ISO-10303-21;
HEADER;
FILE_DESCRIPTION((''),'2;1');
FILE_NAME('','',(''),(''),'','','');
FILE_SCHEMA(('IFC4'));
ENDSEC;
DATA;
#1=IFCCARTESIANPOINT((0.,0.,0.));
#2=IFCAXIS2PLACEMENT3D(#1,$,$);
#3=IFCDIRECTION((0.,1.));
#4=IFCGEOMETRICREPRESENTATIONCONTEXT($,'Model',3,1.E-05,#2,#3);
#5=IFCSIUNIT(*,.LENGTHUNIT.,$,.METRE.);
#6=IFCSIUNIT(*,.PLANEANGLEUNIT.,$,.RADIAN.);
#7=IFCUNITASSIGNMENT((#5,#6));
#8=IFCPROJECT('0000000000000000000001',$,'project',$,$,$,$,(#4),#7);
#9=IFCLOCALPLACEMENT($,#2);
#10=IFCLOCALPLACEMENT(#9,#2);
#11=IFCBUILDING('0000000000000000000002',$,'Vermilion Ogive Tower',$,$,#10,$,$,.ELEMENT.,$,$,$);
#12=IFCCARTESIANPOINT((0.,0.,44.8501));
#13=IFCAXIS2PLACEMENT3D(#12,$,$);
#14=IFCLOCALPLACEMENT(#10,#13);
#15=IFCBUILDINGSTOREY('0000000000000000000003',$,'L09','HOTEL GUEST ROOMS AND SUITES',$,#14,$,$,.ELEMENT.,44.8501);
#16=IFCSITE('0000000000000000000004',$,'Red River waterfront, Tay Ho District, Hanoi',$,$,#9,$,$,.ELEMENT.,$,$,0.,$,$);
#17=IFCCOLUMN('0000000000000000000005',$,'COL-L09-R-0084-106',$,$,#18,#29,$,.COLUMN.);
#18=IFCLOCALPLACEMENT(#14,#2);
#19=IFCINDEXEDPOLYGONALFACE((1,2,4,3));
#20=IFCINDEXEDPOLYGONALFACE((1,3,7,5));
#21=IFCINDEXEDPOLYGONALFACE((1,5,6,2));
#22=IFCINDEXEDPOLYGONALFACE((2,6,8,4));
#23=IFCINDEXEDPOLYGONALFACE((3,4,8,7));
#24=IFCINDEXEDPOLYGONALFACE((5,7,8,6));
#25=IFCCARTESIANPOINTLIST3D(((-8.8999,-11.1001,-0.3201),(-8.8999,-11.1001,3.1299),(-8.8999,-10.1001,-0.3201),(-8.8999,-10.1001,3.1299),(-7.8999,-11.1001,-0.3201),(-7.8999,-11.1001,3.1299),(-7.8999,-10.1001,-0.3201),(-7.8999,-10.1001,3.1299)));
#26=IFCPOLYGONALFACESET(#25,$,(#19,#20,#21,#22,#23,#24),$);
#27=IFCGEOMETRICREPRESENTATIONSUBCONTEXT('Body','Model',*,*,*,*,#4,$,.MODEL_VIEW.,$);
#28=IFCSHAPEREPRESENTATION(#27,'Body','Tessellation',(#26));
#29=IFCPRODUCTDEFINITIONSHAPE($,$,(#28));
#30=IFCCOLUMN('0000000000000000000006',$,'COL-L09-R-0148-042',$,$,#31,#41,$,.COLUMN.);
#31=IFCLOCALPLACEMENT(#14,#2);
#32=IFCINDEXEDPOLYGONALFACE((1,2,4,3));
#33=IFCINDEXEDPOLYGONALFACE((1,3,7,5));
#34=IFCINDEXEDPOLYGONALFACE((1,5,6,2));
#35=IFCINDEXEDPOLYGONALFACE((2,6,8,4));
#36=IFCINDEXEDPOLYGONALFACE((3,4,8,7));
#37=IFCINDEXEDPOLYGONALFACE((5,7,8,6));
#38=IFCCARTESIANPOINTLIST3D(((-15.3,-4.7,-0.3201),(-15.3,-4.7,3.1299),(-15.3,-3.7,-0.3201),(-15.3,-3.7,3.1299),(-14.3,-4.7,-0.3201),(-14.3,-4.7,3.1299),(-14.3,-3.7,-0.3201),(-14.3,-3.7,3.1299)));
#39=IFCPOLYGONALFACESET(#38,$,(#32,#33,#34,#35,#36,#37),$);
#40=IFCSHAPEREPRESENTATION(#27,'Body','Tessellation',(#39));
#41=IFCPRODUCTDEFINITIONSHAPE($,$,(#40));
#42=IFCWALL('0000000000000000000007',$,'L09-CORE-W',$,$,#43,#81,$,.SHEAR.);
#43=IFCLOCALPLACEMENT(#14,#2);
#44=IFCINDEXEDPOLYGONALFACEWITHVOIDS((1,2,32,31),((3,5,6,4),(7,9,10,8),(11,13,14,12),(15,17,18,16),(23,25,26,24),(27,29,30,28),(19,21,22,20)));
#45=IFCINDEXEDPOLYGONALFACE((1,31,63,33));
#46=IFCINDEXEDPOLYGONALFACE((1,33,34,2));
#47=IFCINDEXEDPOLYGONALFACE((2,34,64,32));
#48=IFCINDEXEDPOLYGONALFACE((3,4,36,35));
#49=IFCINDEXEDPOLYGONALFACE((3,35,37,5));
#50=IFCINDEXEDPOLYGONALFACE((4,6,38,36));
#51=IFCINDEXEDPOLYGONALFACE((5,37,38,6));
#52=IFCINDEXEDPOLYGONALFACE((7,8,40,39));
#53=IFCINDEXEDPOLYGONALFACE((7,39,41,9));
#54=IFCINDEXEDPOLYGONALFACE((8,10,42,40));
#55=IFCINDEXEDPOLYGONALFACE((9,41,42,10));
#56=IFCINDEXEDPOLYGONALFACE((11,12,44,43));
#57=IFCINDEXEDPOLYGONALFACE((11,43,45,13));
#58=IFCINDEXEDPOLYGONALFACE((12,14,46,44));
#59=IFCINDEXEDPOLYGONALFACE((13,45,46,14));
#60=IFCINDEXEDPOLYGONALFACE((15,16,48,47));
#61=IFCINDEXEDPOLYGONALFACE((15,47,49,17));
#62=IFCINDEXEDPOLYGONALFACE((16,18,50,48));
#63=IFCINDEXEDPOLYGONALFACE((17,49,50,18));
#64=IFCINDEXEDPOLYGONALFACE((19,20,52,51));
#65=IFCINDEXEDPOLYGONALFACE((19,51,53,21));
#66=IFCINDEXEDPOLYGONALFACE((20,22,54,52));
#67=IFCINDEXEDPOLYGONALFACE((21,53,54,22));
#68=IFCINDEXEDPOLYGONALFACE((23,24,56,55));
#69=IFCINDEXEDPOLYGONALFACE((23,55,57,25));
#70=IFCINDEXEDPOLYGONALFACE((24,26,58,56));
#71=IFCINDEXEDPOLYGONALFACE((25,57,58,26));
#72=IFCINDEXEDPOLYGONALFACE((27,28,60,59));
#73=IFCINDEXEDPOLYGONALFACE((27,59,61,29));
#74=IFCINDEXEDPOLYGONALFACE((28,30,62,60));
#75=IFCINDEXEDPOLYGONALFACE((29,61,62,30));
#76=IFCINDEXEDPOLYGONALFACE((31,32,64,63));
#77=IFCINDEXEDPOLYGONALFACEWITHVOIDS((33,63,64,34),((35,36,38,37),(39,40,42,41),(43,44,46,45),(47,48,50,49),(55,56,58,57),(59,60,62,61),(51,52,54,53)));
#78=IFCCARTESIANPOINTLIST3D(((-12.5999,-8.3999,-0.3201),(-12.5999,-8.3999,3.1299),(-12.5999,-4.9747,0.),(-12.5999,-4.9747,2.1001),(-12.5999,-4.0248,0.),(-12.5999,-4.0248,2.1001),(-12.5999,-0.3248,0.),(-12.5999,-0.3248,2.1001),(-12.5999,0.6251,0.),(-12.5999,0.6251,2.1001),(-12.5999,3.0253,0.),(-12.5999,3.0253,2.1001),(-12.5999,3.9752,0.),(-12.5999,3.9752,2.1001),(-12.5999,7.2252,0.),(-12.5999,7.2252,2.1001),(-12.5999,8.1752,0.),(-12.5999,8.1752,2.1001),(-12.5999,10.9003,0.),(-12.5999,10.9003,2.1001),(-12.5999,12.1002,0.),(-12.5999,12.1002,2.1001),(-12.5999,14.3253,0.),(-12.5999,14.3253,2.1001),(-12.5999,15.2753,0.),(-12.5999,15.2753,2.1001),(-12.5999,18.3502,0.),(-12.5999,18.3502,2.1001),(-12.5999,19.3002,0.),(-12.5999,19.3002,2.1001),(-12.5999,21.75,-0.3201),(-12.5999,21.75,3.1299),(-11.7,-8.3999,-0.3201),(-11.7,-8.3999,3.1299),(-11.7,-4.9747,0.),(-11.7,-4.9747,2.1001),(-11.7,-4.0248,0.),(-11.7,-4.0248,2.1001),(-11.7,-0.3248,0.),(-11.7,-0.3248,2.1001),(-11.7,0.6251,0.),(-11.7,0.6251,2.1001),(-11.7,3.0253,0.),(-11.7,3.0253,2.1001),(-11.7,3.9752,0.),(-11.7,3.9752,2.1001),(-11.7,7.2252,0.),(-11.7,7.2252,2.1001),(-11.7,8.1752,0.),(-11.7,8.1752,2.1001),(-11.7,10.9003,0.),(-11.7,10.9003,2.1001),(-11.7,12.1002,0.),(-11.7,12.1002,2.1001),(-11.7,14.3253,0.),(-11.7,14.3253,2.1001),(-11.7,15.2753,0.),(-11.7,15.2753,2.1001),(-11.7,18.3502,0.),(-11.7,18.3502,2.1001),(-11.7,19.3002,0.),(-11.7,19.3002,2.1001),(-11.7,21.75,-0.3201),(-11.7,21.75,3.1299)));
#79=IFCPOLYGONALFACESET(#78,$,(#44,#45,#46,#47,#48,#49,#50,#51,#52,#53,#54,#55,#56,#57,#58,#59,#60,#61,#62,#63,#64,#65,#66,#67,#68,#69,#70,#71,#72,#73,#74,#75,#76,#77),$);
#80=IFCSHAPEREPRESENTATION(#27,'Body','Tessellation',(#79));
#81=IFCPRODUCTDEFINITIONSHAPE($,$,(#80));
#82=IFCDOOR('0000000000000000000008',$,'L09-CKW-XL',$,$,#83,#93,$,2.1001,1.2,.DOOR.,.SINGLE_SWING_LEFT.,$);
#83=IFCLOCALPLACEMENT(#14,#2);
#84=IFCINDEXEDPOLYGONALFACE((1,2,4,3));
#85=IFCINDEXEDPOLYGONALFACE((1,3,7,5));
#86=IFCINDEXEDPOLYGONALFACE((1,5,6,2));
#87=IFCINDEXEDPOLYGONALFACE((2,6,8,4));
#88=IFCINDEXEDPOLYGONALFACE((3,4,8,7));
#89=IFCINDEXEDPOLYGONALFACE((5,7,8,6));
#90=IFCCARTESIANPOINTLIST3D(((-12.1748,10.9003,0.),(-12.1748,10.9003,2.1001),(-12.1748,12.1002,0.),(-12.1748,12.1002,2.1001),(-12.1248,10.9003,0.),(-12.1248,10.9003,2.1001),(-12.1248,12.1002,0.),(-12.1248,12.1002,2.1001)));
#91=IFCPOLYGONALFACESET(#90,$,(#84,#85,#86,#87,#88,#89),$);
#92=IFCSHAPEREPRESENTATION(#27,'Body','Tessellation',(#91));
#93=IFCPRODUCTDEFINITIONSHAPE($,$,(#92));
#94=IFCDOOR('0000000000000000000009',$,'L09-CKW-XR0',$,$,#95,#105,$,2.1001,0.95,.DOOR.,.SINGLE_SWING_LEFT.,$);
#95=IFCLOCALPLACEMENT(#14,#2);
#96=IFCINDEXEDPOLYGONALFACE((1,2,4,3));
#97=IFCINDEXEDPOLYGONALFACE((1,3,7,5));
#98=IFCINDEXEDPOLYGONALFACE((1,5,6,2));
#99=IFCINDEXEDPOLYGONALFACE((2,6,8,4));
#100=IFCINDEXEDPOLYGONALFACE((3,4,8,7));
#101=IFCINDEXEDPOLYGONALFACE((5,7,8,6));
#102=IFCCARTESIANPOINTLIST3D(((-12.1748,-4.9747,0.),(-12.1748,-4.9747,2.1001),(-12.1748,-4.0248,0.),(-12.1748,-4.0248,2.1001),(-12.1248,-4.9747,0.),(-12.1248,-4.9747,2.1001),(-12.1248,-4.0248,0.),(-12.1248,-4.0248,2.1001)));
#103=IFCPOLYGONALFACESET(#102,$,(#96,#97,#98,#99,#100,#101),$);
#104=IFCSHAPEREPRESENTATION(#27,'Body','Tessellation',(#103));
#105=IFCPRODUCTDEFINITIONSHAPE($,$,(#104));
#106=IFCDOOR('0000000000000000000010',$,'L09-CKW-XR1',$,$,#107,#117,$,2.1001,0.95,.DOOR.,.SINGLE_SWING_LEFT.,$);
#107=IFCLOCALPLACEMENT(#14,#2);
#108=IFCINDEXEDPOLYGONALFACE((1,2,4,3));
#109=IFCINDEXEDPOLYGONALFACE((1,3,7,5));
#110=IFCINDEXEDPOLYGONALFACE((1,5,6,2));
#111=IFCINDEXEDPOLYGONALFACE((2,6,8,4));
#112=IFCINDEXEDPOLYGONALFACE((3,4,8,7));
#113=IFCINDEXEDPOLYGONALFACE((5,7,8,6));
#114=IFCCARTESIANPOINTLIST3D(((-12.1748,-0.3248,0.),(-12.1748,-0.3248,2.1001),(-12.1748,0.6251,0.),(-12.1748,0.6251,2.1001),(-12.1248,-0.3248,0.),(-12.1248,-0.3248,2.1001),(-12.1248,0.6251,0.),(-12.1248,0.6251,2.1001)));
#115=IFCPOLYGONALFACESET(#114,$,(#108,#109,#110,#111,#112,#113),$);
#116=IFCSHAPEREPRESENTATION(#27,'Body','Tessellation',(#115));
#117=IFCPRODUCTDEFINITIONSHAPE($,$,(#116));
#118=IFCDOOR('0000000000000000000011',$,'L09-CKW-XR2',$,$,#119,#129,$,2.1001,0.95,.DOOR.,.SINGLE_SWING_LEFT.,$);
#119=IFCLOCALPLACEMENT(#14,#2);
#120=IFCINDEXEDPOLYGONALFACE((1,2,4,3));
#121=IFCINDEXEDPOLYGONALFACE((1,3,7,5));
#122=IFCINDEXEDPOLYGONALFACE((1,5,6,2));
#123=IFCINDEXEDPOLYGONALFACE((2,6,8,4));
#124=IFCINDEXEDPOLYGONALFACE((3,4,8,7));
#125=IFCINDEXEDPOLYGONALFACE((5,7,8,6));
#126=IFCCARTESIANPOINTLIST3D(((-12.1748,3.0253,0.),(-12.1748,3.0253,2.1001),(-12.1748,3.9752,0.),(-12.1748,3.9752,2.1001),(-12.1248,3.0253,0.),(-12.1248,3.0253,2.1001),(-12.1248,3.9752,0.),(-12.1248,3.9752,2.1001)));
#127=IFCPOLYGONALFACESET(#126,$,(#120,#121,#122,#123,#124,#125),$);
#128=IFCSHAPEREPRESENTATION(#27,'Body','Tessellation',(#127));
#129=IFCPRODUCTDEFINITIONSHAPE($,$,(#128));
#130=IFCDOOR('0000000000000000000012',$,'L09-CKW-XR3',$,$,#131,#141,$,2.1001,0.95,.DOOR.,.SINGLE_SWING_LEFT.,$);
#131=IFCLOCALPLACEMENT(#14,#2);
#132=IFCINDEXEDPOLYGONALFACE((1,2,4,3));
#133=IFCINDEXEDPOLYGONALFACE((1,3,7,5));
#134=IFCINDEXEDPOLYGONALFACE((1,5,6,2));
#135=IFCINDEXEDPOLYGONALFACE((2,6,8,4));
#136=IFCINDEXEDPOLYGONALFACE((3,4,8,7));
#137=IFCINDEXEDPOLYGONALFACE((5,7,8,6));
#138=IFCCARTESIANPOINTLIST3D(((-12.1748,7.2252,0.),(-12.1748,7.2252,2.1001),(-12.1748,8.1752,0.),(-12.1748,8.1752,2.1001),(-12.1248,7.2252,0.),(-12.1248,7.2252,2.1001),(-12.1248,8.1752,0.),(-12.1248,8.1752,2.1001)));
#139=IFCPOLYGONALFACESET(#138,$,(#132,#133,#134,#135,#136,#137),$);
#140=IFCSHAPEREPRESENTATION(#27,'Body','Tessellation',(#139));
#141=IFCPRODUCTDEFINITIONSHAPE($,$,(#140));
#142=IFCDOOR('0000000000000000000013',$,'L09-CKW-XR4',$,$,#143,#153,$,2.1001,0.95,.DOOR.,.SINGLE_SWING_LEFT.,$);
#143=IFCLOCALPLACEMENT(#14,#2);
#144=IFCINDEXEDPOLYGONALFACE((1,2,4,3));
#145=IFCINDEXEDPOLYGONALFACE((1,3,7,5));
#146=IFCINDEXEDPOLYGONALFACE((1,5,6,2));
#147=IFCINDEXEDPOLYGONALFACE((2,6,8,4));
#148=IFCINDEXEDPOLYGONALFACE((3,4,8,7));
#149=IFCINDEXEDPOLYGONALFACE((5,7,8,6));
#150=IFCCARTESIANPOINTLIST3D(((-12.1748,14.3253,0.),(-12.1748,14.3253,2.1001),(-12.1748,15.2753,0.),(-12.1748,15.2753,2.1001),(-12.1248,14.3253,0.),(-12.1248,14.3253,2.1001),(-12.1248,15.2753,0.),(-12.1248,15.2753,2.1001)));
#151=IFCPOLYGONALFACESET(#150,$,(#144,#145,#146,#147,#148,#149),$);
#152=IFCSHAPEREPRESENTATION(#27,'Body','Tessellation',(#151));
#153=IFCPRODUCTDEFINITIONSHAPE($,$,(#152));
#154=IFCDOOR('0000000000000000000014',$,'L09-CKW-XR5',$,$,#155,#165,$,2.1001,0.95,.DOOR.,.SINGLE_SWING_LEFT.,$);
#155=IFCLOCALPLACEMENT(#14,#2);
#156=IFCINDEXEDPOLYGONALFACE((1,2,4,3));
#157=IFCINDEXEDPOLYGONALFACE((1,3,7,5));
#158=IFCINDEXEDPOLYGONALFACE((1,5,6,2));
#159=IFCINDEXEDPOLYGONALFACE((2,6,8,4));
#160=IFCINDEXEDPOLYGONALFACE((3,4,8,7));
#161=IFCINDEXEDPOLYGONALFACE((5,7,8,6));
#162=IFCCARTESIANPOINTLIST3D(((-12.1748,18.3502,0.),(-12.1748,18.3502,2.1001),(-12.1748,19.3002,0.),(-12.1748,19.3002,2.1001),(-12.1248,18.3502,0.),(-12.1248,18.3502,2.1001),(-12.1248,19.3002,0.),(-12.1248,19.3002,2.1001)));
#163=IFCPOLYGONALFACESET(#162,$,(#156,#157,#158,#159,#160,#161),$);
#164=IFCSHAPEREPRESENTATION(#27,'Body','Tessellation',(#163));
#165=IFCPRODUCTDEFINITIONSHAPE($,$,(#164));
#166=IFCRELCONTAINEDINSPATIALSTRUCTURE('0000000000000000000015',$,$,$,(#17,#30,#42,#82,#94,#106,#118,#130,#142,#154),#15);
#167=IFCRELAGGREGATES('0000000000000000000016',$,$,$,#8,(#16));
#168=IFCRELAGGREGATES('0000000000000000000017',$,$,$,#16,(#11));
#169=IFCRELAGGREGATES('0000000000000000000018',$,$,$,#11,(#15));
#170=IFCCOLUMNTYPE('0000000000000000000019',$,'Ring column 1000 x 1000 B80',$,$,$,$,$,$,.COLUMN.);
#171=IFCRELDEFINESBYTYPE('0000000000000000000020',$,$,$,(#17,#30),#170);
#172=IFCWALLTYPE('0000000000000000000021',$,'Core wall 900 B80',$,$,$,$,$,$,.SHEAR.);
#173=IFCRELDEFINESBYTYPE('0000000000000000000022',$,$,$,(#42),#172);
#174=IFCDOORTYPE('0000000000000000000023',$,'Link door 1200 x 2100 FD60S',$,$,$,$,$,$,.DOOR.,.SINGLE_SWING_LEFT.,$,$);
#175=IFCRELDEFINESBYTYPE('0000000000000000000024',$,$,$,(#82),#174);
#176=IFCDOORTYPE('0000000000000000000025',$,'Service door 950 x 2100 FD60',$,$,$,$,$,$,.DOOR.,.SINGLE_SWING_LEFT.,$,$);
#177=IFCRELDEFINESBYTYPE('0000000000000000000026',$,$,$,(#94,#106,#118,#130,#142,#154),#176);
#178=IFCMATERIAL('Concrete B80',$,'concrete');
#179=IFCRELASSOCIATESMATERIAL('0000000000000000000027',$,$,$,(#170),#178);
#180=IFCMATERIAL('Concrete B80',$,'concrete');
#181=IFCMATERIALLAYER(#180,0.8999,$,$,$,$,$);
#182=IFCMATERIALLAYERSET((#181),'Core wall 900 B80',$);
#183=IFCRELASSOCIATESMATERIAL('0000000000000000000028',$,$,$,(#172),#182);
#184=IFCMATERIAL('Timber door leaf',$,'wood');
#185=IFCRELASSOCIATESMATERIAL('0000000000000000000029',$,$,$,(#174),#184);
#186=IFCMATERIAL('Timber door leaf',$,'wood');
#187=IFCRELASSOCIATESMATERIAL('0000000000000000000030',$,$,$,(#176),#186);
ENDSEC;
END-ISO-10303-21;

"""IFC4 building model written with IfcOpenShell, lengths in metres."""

from ifc_helpers import new_model, si_unit, direction, frame, frame_2d, origin, origin_2d, place, context, subcontext, project, spatial, rectangle, extrude, material, layer, layer_set, material_profile, profile_set, type_object, element, fill, save


model = new_model("IFC4")

# Units and contexts
model_context = context("Model", 3, precision=1e-05, world=origin(), true_north=direction((0.0, 1.0)))
body_context = subcontext(model_context, "Body", "Model", "MODEL_VIEW")
ifc_project = project(units=[si_unit("LENGTHUNIT", "METRE"), si_unit("PLANEANGLEUNIT", "RADIAN")], contexts=[model_context])

# Site, building, storey
site_placement = place(None, origin())
site = spatial("IfcSite", under=ifc_project, at=site_placement, Name="Red River waterfront, Tay Ho District, Hanoi", CompositionType="ELEMENT", RefElevation=0.0)
building_placement = place(site_placement, origin())
building = spatial("IfcBuilding", under=site, at=building_placement, Name="Vermilion Ogive Tower", CompositionType="ELEMENT")
storey_placement = place(building_placement, frame((0.0, 0.0, 44.8501)))
storey = spatial("IfcBuildingStorey", under=building, at=storey_placement, Name="L09", Description="HOTEL GUEST ROOMS AND SUITES", CompositionType="ELEMENT", Elevation=44.8501)

# Columns
ifc_material_1 = material(Name="Concrete B80", Category="concrete")
ifc_material_profile = material_profile(ifc_material_1, rectangle(XDim=1.0, YDim=1.0, at=origin_2d()), Name="1000 x 1000")
ifc_profile_set = profile_set([ifc_material_profile], Name="Concrete B80")
column_type = type_object("IfcColumnType", Name="Ring column 1000 x 1000 B80", PredefinedType="COLUMN", material=ifc_profile_set)
for number, where, z_axis, x_axis, name in (
    (1, (-8.3999, -10.6001, -0.3201), (0.0, 0.0, 1.0), (1.0, 0.0, 0.0), "COL-L09-R-0084-106"),
    (2, (-14.8, -4.2, -0.3201), (0.0, 0.0, 1.0), (1.0, 0.0, 0.0), "COL-L09-R-0148-042"),
):
    element("IfcColumn", number, at=place(storey_placement, frame(where, z_axis=z_axis, x_axis=x_axis)), inside=storey, type_object=column_type, Name=name, PredefinedType="COLUMN", context=body_context, shape_type="SweptSolid", body=[
        extrude(rectangle(XDim=1.0, YDim=1.0, at=origin_2d()), origin(), (0.0, 0.0, 1.0), 3.45),
    ])

# Wall, openings, doors
ifc_material_2 = material(Name="Concrete B80", Category="concrete")
ifc_layer_1 = layer(ifc_material_2, 0.8999)
ifc_layer_set_1 = layer_set([ifc_layer_1], Name="Core wall 900 B80")
wall_type_1 = type_object("IfcWallType", Name="Core wall 900 B80", PredefinedType="SHEAR", material=ifc_layer_set_1)
wall_1_placement = place(storey_placement, frame((-12.1499, -8.3999, -0.3201), z_axis=(0.0, 0.0, 1.0), x_axis=(0.0, 1.0, 0.0)))
wall_1 = element("IfcWall", 3, at=wall_1_placement, inside=storey, type_object=wall_type_1, Name="L09-CORE-W", PredefinedType="SHEAR", context=body_context, shape_type="SweptSolid", body=[
    extrude(rectangle(XDim=30.1499, YDim=0.8999, at=frame_2d((15.075, 0.0))), origin(), (0.0, 0.0, 1.0), 3.45),
])
opening_1_placement = place(wall_1_placement, frame((3.425, 0.0, 0.3201)))
opening_1 = element("IfcOpeningElement", 4, at=opening_1_placement, cuts=wall_1, PredefinedType="OPENING", context=body_context, shape_type="SweptSolid", body=[
    extrude(rectangle(XDim=0.95, YDim=2.1001, at=frame_2d((0.4751, 1.05))), frame((0.0, 0.46, 0.0), z_axis=(0.0, -1.0, 0.0), x_axis=(1.0, 0.0, 0.0)), (0.0, 0.0, 1.0), 0.9199),
])
opening_2_placement = place(wall_1_placement, frame((8.075, 0.0, 0.3201)))
opening_2 = element("IfcOpeningElement", 5, at=opening_2_placement, cuts=wall_1, PredefinedType="OPENING", context=body_context, shape_type="SweptSolid", body=[
    extrude(rectangle(XDim=0.95, YDim=2.1001, at=frame_2d((0.4751, 1.05))), frame((0.0, 0.46, 0.0), z_axis=(0.0, -1.0, 0.0), x_axis=(1.0, 0.0, 0.0)), (0.0, 0.0, 1.0), 0.9199),
])
opening_3_placement = place(wall_1_placement, frame((11.425, 0.0, 0.3201)))
opening_3 = element("IfcOpeningElement", 6, at=opening_3_placement, cuts=wall_1, PredefinedType="OPENING", context=body_context, shape_type="SweptSolid", body=[
    extrude(rectangle(XDim=0.95, YDim=2.1001, at=frame_2d((0.4751, 1.05))), frame((0.0, 0.46, 0.0), z_axis=(0.0, -1.0, 0.0), x_axis=(1.0, 0.0, 0.0)), (0.0, 0.0, 1.0), 0.9199),
])
opening_4_placement = place(wall_1_placement, frame((15.625, 0.0, 0.3201)))
opening_4 = element("IfcOpeningElement", 7, at=opening_4_placement, cuts=wall_1, PredefinedType="OPENING", context=body_context, shape_type="SweptSolid", body=[
    extrude(rectangle(XDim=0.95, YDim=2.1001, at=frame_2d((0.4751, 1.05))), frame((0.0, 0.46, 0.0), z_axis=(0.0, -1.0, 0.0), x_axis=(1.0, 0.0, 0.0)), (0.0, 0.0, 1.0), 0.9199),
])
opening_5_placement = place(wall_1_placement, frame((22.7251, 0.0, 0.3201)))
opening_5 = element("IfcOpeningElement", 8, at=opening_5_placement, cuts=wall_1, PredefinedType="OPENING", context=body_context, shape_type="SweptSolid", body=[
    extrude(rectangle(XDim=0.95, YDim=2.1001, at=frame_2d((0.4751, 1.05))), frame((0.0, 0.46, 0.0), z_axis=(0.0, -1.0, 0.0), x_axis=(1.0, 0.0, 0.0)), (0.0, 0.0, 1.0), 0.9199),
])
opening_6_placement = place(wall_1_placement, frame((26.75, 0.0, 0.3201)))
opening_6 = element("IfcOpeningElement", 9, at=opening_6_placement, cuts=wall_1, PredefinedType="OPENING", context=body_context, shape_type="SweptSolid", body=[
    extrude(rectangle(XDim=0.95, YDim=2.1001, at=frame_2d((0.4751, 1.05))), frame((0.0, 0.46, 0.0), z_axis=(0.0, -1.0, 0.0), x_axis=(1.0, 0.0, 0.0)), (0.0, 0.0, 1.0), 0.9199),
])
opening_7_placement = place(wall_1_placement, frame((19.3, 0.0, 0.3201)))
opening_7 = element("IfcOpeningElement", 10, at=opening_7_placement, cuts=wall_1, PredefinedType="OPENING", context=body_context, shape_type="SweptSolid", body=[
    extrude(rectangle(XDim=1.2, YDim=2.1001, at=frame_2d((0.6001, 1.05))), frame((0.0, 0.46, 0.0), z_axis=(0.0, -1.0, 0.0), x_axis=(1.0, 0.0, 0.0)), (0.0, 0.0, 1.0), 0.9199),
])
ifc_material_3 = material(Name="Timber door leaf", Category="wood")
door_type_1 = type_object("IfcDoorType", Name="Link door 1200 x 2100 FD60S", OperationType="SINGLE_SWING_LEFT", PredefinedType="DOOR", material=ifc_material_3)
door_1_placement = place(opening_7_placement, origin())
door_1 = element("IfcDoor", 11, at=door_1_placement, inside=storey, type_object=door_type_1, Name="L09-CKW-XL", OperationType="SINGLE_SWING_LEFT", OverallHeight=2.1001, OverallWidth=1.2, PredefinedType="DOOR", context=body_context, shape_type="SweptSolid", body=[
    extrude(rectangle(XDim=1.2, YDim=2.1001, at=frame_2d((0.6001, 1.05))), frame((0.0, 0.0249, 0.0), z_axis=(0.0, -1.0, 0.0), x_axis=(1.0, 0.0, 0.0)), (0.0, 0.0, 1.0), 0.05),
])
fill(opening_7, door_1)
ifc_material_4 = material(Name="Timber door leaf", Category="wood")
door_type_2 = type_object("IfcDoorType", Name="Service door 950 x 2100 FD60", OperationType="SINGLE_SWING_LEFT", PredefinedType="DOOR", material=ifc_material_4)
door_2_placement = place(opening_1_placement, origin())
door_2 = element("IfcDoor", 12, at=door_2_placement, inside=storey, type_object=door_type_2, Name="L09-CKW-XR0", OperationType="SINGLE_SWING_LEFT", OverallHeight=2.1001, OverallWidth=0.95, PredefinedType="DOOR", context=body_context, shape_type="SweptSolid", body=[
    extrude(rectangle(XDim=0.95, YDim=2.1001, at=frame_2d((0.4751, 1.05))), frame((0.0, 0.0249, 0.0), z_axis=(0.0, -1.0, 0.0), x_axis=(1.0, 0.0, 0.0)), (0.0, 0.0, 1.0), 0.05),
])
fill(opening_1, door_2)
door_3_placement = place(opening_2_placement, origin())
door_3 = element("IfcDoor", 13, at=door_3_placement, inside=storey, type_object=door_type_2, Name="L09-CKW-XR1", OperationType="SINGLE_SWING_LEFT", OverallHeight=2.1001, OverallWidth=0.95, PredefinedType="DOOR", context=body_context, shape_type="SweptSolid", body=[
    extrude(rectangle(XDim=0.95, YDim=2.1001, at=frame_2d((0.4751, 1.05))), frame((0.0, 0.0249, 0.0), z_axis=(0.0, -1.0, 0.0), x_axis=(1.0, 0.0, 0.0)), (0.0, 0.0, 1.0), 0.05),
])
fill(opening_2, door_3)
door_4_placement = place(opening_3_placement, origin())
door_4 = element("IfcDoor", 14, at=door_4_placement, inside=storey, type_object=door_type_2, Name="L09-CKW-XR2", OperationType="SINGLE_SWING_LEFT", OverallHeight=2.1001, OverallWidth=0.95, PredefinedType="DOOR", context=body_context, shape_type="SweptSolid", body=[
    extrude(rectangle(XDim=0.95, YDim=2.1001, at=frame_2d((0.4751, 1.05))), frame((0.0, 0.0249, 0.0), z_axis=(0.0, -1.0, 0.0), x_axis=(1.0, 0.0, 0.0)), (0.0, 0.0, 1.0), 0.05),
])
fill(opening_3, door_4)
door_5_placement = place(opening_4_placement, origin())
door_5 = element("IfcDoor", 15, at=door_5_placement, inside=storey, type_object=door_type_2, Name="L09-CKW-XR3", OperationType="SINGLE_SWING_LEFT", OverallHeight=2.1001, OverallWidth=0.95, PredefinedType="DOOR", context=body_context, shape_type="SweptSolid", body=[
    extrude(rectangle(XDim=0.95, YDim=2.1001, at=frame_2d((0.4751, 1.05))), frame((0.0, 0.0249, 0.0), z_axis=(0.0, -1.0, 0.0), x_axis=(1.0, 0.0, 0.0)), (0.0, 0.0, 1.0), 0.05),
])
fill(opening_4, door_5)
door_6_placement = place(opening_5_placement, origin())
door_6 = element("IfcDoor", 16, at=door_6_placement, inside=storey, type_object=door_type_2, Name="L09-CKW-XR4", OperationType="SINGLE_SWING_LEFT", OverallHeight=2.1001, OverallWidth=0.95, PredefinedType="DOOR", context=body_context, shape_type="SweptSolid", body=[
    extrude(rectangle(XDim=0.95, YDim=2.1001, at=frame_2d((0.4751, 1.05))), frame((0.0, 0.0249, 0.0), z_axis=(0.0, -1.0, 0.0), x_axis=(1.0, 0.0, 0.0)), (0.0, 0.0, 1.0), 0.05),
])
fill(opening_5, door_6)
door_7_placement = place(opening_6_placement, origin())
door_7 = element("IfcDoor", 17, at=door_7_placement, inside=storey, type_object=door_type_2, Name="L09-CKW-XR5", OperationType="SINGLE_SWING_LEFT", OverallHeight=2.1001, OverallWidth=0.95, PredefinedType="DOOR", context=body_context, shape_type="SweptSolid", body=[
    extrude(rectangle(XDim=0.95, YDim=2.1001, at=frame_2d((0.4751, 1.05))), frame((0.0, 0.0249, 0.0), z_axis=(0.0, -1.0, 0.0), x_axis=(1.0, 0.0, 0.0)), (0.0, 0.0, 1.0), 0.05),
])
fill(opening_6, door_7)

save(model, "model.ifc")
